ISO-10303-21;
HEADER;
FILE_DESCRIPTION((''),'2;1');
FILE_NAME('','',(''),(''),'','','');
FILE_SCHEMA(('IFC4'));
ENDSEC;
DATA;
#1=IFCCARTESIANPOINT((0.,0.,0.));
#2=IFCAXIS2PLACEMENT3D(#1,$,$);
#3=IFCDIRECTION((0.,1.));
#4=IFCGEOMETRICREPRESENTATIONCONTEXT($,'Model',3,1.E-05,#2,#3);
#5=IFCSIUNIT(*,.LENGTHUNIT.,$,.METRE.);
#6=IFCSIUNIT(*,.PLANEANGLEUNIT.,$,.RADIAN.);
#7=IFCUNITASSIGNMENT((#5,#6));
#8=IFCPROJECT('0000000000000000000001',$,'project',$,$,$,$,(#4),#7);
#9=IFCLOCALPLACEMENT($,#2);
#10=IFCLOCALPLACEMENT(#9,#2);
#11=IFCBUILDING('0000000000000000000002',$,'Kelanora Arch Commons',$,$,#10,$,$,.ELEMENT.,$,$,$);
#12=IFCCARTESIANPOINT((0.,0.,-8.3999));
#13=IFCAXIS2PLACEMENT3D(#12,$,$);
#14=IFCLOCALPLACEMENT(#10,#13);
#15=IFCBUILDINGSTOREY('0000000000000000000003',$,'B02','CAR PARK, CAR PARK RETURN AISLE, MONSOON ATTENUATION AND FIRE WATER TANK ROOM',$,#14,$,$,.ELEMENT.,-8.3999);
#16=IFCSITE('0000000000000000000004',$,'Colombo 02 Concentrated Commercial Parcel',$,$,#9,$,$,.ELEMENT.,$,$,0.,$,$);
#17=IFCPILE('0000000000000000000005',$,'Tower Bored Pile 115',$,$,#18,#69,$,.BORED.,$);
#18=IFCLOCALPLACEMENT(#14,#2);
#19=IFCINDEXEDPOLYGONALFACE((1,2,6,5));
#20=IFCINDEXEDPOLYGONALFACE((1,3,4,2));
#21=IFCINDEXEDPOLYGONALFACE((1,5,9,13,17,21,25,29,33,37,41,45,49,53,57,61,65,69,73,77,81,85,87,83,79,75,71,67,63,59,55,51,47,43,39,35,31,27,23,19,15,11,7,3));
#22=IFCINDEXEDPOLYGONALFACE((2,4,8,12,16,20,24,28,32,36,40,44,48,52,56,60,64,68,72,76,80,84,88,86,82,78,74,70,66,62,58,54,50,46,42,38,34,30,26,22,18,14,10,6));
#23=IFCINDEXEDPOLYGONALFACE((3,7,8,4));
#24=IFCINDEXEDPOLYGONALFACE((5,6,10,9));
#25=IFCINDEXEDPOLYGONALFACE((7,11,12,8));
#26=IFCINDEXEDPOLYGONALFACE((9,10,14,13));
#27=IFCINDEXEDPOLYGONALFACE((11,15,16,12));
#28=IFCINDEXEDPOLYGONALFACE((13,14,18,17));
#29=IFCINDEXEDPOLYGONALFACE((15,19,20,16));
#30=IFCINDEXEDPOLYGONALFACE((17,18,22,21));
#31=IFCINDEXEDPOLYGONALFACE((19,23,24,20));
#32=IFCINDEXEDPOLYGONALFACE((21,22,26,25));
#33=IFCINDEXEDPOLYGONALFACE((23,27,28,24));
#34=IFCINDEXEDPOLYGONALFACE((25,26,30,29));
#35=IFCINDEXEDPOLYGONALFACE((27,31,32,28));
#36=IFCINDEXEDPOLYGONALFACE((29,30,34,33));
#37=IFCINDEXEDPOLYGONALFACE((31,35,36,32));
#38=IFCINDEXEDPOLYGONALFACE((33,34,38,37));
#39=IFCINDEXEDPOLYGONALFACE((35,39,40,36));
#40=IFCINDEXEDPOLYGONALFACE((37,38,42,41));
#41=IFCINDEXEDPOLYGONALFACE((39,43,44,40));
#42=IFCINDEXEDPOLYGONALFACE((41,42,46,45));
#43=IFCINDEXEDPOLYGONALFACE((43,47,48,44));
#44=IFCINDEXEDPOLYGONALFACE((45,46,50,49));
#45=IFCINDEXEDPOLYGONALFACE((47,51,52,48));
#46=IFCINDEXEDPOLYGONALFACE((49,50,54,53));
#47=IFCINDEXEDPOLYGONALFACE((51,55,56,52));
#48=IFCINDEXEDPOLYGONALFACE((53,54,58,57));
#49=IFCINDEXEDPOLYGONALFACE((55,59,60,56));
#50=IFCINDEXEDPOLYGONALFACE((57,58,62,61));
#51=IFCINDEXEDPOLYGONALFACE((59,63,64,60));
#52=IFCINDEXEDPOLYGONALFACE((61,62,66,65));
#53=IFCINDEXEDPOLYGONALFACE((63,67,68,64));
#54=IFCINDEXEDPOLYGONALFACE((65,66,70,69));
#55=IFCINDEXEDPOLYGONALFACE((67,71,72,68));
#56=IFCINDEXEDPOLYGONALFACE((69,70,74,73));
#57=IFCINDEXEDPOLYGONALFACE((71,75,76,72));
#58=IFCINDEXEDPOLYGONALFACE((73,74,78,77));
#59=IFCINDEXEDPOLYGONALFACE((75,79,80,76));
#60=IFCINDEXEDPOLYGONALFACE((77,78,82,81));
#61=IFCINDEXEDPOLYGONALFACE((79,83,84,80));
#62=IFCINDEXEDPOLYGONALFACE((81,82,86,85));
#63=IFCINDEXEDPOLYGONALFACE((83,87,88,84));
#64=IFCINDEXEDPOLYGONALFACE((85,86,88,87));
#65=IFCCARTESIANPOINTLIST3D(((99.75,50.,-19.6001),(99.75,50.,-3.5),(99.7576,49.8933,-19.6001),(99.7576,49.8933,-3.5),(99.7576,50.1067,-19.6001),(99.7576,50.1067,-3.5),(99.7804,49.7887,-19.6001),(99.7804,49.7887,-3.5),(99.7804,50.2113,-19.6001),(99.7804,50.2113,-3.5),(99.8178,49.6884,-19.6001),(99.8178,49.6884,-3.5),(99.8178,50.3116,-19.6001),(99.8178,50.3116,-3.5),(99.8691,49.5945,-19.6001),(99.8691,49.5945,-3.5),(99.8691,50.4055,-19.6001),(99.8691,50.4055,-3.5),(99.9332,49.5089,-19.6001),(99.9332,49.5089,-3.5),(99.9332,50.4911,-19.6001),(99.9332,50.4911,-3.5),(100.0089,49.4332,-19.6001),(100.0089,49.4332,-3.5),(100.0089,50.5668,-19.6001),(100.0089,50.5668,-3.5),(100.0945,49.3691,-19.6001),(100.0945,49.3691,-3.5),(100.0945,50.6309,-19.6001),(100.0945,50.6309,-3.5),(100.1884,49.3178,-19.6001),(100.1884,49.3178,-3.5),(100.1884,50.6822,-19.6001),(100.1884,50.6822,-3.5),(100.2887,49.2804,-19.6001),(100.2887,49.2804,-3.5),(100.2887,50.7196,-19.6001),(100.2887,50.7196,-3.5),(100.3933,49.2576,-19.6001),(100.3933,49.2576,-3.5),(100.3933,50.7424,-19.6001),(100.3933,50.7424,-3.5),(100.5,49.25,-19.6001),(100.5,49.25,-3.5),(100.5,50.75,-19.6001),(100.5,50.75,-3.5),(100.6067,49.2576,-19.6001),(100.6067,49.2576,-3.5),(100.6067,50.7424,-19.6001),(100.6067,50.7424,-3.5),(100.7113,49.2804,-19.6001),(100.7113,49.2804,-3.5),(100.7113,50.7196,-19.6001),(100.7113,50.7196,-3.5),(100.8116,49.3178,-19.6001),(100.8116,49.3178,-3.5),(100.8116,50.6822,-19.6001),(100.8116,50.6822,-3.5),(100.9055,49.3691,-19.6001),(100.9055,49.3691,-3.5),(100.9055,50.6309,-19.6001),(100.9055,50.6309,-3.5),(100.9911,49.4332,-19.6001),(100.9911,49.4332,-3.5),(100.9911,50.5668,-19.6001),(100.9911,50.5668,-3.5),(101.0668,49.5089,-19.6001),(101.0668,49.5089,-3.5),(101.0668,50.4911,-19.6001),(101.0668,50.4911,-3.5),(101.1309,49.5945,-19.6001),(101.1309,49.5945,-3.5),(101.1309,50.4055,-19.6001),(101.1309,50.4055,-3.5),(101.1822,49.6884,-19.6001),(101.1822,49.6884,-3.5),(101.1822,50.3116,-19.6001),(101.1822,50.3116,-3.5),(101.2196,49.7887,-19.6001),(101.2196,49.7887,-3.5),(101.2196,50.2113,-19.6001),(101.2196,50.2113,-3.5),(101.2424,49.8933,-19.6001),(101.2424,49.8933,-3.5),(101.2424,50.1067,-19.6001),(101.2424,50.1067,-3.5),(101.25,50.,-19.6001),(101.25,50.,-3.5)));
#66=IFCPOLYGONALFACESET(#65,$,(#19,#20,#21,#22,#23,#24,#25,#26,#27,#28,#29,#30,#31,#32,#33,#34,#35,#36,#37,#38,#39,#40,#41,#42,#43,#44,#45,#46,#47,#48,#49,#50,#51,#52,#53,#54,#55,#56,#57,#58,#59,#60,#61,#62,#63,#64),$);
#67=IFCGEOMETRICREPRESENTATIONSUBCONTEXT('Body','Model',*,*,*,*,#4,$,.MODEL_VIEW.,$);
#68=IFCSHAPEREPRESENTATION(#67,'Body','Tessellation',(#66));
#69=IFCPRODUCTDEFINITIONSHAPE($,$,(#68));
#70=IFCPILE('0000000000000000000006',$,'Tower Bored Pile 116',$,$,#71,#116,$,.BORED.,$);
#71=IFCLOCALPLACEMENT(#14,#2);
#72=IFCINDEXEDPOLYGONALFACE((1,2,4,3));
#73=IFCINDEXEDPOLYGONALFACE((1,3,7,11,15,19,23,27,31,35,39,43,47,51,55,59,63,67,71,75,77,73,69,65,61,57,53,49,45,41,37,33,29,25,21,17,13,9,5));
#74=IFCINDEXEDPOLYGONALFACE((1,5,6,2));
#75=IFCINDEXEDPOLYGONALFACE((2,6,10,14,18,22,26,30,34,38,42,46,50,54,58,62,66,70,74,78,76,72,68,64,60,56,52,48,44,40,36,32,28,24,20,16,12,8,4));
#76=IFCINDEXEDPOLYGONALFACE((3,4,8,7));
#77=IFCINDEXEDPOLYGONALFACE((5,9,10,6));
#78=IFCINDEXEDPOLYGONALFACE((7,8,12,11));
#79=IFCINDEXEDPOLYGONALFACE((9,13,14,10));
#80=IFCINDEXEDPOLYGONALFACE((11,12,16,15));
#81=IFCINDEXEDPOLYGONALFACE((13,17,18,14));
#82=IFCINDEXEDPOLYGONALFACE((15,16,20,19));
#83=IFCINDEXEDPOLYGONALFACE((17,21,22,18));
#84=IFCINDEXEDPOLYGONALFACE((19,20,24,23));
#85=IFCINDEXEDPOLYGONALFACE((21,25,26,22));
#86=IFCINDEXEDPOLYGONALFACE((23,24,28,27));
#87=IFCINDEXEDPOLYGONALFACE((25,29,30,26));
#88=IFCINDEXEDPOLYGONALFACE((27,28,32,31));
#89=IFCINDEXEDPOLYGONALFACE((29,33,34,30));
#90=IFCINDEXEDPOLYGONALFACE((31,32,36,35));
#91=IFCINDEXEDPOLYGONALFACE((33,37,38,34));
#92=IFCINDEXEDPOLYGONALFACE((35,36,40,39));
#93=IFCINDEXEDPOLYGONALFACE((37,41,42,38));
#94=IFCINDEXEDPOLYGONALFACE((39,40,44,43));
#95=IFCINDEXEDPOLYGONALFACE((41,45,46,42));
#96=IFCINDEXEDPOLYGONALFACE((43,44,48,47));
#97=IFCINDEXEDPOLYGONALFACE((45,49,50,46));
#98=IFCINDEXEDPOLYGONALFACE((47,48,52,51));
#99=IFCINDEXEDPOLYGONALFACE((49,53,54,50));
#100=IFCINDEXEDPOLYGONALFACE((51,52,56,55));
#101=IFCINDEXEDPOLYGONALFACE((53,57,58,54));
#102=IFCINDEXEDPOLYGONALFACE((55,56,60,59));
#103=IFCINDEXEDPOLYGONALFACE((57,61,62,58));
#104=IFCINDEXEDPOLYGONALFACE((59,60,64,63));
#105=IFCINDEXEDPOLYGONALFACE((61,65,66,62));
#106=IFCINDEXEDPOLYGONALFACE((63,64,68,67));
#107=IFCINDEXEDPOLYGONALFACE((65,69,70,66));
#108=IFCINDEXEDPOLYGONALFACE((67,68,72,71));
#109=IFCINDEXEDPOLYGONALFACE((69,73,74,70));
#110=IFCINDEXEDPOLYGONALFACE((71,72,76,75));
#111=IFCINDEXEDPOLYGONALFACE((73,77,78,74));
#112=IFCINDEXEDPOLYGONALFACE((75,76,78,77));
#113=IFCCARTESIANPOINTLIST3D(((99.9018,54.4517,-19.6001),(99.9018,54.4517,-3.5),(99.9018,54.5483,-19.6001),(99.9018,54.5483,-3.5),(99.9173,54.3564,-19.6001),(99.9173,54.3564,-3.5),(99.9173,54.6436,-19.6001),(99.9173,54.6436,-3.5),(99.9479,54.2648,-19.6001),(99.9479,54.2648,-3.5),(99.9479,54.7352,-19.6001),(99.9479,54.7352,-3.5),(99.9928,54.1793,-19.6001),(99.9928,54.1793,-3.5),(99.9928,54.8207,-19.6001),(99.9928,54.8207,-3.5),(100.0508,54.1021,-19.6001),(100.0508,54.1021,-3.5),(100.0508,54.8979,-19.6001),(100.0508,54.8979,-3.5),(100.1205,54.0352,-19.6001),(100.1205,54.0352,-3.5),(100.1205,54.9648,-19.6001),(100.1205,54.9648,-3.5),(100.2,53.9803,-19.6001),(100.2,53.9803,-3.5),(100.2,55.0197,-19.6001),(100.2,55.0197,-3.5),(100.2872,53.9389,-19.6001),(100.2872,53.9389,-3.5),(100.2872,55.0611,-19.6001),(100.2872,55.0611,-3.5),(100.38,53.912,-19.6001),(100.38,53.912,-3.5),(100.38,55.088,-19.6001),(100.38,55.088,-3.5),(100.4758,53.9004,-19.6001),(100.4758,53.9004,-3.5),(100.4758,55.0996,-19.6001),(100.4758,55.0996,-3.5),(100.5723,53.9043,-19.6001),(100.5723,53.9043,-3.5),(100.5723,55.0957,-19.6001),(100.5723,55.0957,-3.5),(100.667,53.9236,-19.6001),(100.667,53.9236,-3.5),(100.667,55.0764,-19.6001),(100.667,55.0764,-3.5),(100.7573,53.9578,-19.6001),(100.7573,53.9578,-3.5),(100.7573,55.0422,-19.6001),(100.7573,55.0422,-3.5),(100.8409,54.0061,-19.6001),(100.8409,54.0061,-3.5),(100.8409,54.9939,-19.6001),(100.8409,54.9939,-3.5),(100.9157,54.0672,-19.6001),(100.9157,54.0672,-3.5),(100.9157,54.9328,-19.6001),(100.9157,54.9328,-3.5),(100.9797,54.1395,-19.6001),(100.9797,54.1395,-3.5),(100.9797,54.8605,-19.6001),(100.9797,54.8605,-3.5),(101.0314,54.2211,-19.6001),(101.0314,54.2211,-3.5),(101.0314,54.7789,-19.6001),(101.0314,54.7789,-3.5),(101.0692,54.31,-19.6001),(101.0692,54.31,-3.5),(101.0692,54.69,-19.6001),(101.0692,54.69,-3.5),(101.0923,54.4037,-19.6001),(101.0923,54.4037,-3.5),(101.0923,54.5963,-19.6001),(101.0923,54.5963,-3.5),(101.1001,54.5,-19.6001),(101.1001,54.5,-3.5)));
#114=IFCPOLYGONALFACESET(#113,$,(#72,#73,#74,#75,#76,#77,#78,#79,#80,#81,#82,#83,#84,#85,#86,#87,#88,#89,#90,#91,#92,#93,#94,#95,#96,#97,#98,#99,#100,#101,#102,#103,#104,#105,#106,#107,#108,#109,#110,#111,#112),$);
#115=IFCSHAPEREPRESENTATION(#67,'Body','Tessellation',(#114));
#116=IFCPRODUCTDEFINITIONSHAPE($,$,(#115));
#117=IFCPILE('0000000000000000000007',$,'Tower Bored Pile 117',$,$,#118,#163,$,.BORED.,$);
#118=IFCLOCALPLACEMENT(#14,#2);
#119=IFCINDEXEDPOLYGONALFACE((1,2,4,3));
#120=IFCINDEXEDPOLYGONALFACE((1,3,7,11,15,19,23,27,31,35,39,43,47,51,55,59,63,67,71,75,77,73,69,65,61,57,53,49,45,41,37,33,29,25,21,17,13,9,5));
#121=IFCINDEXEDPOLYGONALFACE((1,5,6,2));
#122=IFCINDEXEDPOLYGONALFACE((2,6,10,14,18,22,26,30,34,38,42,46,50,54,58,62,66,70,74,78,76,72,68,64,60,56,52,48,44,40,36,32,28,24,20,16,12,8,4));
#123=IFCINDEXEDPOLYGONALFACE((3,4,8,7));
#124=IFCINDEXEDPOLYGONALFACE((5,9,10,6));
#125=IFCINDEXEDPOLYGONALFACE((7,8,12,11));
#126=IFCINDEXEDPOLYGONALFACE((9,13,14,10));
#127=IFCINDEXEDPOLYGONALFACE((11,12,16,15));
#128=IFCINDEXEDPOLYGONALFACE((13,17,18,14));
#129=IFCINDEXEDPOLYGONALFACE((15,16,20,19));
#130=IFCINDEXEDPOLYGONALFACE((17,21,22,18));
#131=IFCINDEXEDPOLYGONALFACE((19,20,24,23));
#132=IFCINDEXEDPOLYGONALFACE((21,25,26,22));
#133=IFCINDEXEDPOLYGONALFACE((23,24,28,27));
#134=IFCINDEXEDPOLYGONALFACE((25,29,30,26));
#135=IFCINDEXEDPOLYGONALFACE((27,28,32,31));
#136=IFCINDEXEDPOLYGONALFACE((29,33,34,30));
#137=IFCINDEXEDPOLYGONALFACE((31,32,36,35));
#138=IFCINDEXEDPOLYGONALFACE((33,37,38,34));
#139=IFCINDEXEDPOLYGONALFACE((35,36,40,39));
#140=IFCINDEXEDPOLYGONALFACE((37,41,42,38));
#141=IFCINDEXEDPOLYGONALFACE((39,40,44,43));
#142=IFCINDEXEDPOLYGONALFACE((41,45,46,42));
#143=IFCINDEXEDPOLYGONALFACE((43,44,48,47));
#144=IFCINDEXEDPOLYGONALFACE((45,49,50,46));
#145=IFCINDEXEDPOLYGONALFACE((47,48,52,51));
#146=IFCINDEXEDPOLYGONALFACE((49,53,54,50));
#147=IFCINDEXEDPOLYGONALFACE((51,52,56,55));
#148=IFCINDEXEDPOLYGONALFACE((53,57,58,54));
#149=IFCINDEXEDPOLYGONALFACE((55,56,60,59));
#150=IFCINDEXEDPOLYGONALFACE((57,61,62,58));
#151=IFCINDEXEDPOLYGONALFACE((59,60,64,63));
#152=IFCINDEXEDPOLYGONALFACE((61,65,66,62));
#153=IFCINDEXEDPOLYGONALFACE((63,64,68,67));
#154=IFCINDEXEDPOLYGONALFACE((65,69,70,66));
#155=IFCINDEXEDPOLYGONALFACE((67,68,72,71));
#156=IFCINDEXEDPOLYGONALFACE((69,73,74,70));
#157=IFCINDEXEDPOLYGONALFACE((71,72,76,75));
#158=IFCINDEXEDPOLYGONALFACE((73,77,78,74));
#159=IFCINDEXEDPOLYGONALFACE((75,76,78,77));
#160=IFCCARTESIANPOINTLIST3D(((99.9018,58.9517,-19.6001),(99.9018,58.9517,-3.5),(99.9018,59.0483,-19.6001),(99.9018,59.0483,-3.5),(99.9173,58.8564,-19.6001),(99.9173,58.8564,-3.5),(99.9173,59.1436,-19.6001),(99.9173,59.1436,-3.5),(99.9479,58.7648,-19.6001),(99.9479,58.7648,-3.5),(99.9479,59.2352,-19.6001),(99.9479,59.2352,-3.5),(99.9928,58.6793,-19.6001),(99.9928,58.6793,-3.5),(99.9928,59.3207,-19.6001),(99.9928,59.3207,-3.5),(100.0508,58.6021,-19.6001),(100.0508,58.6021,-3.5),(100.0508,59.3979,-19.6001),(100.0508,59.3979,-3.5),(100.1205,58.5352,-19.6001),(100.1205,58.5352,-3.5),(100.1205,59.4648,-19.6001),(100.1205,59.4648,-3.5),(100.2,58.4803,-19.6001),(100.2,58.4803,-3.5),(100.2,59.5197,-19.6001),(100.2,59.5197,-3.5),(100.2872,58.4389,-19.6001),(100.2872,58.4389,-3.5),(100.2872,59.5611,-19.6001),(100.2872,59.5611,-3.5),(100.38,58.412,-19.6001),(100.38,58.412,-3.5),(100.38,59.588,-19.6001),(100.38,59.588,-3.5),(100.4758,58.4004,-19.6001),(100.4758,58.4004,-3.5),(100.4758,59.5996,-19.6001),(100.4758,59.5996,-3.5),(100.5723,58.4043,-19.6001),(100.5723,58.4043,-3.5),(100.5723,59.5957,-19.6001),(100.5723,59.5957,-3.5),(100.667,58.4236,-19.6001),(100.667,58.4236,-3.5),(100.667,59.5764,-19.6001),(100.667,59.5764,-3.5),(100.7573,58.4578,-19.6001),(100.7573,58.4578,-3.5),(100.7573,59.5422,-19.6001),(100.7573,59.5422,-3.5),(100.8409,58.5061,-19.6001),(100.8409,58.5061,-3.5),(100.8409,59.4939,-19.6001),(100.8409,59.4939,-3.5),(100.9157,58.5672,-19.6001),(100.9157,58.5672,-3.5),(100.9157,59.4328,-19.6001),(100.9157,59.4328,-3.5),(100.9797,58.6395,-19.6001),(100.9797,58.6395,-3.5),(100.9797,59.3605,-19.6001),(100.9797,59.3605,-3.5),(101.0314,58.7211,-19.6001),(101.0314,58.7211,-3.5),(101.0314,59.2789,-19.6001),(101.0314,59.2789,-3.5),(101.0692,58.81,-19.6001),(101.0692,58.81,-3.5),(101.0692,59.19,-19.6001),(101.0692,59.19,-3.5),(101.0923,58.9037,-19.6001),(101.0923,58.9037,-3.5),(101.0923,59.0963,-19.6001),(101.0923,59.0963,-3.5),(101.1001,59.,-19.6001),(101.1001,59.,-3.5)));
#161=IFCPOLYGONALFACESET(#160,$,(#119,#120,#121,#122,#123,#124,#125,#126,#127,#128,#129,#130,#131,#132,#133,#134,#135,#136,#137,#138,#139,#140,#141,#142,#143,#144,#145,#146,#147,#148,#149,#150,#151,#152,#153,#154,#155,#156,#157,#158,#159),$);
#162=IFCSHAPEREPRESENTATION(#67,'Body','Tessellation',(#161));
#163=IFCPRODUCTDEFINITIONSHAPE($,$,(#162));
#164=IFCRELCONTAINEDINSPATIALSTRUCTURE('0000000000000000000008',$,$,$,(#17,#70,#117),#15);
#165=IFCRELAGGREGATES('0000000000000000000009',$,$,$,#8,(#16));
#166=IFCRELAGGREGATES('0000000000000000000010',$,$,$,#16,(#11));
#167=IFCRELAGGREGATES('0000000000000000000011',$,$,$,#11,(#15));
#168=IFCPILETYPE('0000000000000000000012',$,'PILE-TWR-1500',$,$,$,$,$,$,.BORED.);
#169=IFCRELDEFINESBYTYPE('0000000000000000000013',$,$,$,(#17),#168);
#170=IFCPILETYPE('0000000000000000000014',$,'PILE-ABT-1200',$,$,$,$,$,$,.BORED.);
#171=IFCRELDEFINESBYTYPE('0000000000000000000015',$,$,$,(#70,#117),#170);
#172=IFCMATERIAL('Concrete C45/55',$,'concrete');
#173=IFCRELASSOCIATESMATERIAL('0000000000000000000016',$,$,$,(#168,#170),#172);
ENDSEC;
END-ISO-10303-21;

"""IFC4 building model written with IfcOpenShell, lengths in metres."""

from ifc_helpers import new_model, si_unit, direction, frame, origin, origin_2d, place, context, subcontext, project, spatial, circle, extrude, source, transform, mapped, material, material_profile, profile_set, type_object, element, save


model = new_model("IFC4")

# Units and contexts
model_context = context("Model", 3, precision=1e-05, world=origin(), true_north=direction((0.0, 1.0)))
body_context = subcontext(model_context, "Body", "Model", "MODEL_VIEW")
ifc_project = project(units=[si_unit("LENGTHUNIT", "METRE"), si_unit("PLANEANGLEUNIT", "RADIAN")], contexts=[model_context])

# Site, building, storey
site_placement = place(None, origin())
site = spatial("IfcSite", under=ifc_project, at=site_placement, Name="Colombo 02 Concentrated Commercial Parcel", CompositionType="ELEMENT", RefElevation=0.0)
building_placement = place(site_placement, origin())
building = spatial("IfcBuilding", under=site, at=building_placement, Name="Kelanora Arch Commons", CompositionType="ELEMENT")
storey_placement = place(building_placement, frame((0.0, 0.0, -8.3999)))
storey = spatial("IfcBuildingStorey", under=building, at=storey_placement, Name="B02", Description="CAR PARK, CAR PARK RETURN AISLE, MONSOON ATTENUATION AND FIRE WATER TANK ROOM", CompositionType="ELEMENT", Elevation=-8.3999)

# Piles
ifc_material_1 = material(Name="Concrete C45/55", Category="concrete")
ifc_material_profile_1 = material_profile(ifc_material_1, circle(Radius=0.75, at=origin_2d()), Name="PILE1500")
ifc_profile_set_1 = profile_set([ifc_material_profile_1], Name="Concrete C45/55")
pile_type_1 = type_object("IfcPileType", Name="PILE-TWR-1500", PredefinedType="BORED", material=ifc_profile_set_1)
shared_shape_1 = source(origin(), body_context, "Body", "SweptSolid", [
    extrude(circle(Radius=0.75, at=origin_2d()), origin(), (0.0, 0.0, 1.0), 16.1001),
])
for number, where, z_axis, x_axis, name in (
    (1, (100.5, 50.0, -3.5), (0.0, 0.0, -1.0), (1.0, 0.0, 0.0), "Tower Bored Pile 115"),
):
    element("IfcPile", number, at=place(storey_placement, frame(where, z_axis=z_axis, x_axis=x_axis)), inside=storey, type_object=pile_type_1, Name=name, PredefinedType="BORED", context=body_context, shape_type="MappedRepresentation", body=[
        mapped(shared_shape_1, transform((0.0, 0.0, 0.0), scale=1.0)),
    ])
ifc_material_profile_2 = material_profile(ifc_material_1, circle(Radius=0.6001, at=origin_2d()), Name="PILE1200")
ifc_profile_set_2 = profile_set([ifc_material_profile_2], Name="Concrete C45/55")
pile_type_2 = type_object("IfcPileType", Name="PILE-ABT-1200", PredefinedType="BORED", material=ifc_profile_set_2)
shared_shape_2 = source(origin(), body_context, "Body", "SweptSolid", [
    extrude(circle(Radius=0.6001, at=origin_2d()), origin(), (0.0, 0.0, 1.0), 16.1001),
])
for number, where, z_axis, x_axis, name in (
    (2, (100.5, 54.5, -3.5), (0.0, 0.0, -1.0), (1.0, 0.0, 0.0), "Tower Bored Pile 116"),
    (3, (100.5, 59.0, -3.5), (0.0, 0.0, -1.0), (1.0, 0.0, 0.0), "Tower Bored Pile 117"),
):
    element("IfcPile", number, at=place(storey_placement, frame(where, z_axis=z_axis, x_axis=x_axis)), inside=storey, type_object=pile_type_2, Name=name, PredefinedType="BORED", context=body_context, shape_type="MappedRepresentation", body=[
        mapped(shared_shape_2, transform((0.0, 0.0, 0.0), scale=1.0)),
    ])

save(model, "model.ifc")
